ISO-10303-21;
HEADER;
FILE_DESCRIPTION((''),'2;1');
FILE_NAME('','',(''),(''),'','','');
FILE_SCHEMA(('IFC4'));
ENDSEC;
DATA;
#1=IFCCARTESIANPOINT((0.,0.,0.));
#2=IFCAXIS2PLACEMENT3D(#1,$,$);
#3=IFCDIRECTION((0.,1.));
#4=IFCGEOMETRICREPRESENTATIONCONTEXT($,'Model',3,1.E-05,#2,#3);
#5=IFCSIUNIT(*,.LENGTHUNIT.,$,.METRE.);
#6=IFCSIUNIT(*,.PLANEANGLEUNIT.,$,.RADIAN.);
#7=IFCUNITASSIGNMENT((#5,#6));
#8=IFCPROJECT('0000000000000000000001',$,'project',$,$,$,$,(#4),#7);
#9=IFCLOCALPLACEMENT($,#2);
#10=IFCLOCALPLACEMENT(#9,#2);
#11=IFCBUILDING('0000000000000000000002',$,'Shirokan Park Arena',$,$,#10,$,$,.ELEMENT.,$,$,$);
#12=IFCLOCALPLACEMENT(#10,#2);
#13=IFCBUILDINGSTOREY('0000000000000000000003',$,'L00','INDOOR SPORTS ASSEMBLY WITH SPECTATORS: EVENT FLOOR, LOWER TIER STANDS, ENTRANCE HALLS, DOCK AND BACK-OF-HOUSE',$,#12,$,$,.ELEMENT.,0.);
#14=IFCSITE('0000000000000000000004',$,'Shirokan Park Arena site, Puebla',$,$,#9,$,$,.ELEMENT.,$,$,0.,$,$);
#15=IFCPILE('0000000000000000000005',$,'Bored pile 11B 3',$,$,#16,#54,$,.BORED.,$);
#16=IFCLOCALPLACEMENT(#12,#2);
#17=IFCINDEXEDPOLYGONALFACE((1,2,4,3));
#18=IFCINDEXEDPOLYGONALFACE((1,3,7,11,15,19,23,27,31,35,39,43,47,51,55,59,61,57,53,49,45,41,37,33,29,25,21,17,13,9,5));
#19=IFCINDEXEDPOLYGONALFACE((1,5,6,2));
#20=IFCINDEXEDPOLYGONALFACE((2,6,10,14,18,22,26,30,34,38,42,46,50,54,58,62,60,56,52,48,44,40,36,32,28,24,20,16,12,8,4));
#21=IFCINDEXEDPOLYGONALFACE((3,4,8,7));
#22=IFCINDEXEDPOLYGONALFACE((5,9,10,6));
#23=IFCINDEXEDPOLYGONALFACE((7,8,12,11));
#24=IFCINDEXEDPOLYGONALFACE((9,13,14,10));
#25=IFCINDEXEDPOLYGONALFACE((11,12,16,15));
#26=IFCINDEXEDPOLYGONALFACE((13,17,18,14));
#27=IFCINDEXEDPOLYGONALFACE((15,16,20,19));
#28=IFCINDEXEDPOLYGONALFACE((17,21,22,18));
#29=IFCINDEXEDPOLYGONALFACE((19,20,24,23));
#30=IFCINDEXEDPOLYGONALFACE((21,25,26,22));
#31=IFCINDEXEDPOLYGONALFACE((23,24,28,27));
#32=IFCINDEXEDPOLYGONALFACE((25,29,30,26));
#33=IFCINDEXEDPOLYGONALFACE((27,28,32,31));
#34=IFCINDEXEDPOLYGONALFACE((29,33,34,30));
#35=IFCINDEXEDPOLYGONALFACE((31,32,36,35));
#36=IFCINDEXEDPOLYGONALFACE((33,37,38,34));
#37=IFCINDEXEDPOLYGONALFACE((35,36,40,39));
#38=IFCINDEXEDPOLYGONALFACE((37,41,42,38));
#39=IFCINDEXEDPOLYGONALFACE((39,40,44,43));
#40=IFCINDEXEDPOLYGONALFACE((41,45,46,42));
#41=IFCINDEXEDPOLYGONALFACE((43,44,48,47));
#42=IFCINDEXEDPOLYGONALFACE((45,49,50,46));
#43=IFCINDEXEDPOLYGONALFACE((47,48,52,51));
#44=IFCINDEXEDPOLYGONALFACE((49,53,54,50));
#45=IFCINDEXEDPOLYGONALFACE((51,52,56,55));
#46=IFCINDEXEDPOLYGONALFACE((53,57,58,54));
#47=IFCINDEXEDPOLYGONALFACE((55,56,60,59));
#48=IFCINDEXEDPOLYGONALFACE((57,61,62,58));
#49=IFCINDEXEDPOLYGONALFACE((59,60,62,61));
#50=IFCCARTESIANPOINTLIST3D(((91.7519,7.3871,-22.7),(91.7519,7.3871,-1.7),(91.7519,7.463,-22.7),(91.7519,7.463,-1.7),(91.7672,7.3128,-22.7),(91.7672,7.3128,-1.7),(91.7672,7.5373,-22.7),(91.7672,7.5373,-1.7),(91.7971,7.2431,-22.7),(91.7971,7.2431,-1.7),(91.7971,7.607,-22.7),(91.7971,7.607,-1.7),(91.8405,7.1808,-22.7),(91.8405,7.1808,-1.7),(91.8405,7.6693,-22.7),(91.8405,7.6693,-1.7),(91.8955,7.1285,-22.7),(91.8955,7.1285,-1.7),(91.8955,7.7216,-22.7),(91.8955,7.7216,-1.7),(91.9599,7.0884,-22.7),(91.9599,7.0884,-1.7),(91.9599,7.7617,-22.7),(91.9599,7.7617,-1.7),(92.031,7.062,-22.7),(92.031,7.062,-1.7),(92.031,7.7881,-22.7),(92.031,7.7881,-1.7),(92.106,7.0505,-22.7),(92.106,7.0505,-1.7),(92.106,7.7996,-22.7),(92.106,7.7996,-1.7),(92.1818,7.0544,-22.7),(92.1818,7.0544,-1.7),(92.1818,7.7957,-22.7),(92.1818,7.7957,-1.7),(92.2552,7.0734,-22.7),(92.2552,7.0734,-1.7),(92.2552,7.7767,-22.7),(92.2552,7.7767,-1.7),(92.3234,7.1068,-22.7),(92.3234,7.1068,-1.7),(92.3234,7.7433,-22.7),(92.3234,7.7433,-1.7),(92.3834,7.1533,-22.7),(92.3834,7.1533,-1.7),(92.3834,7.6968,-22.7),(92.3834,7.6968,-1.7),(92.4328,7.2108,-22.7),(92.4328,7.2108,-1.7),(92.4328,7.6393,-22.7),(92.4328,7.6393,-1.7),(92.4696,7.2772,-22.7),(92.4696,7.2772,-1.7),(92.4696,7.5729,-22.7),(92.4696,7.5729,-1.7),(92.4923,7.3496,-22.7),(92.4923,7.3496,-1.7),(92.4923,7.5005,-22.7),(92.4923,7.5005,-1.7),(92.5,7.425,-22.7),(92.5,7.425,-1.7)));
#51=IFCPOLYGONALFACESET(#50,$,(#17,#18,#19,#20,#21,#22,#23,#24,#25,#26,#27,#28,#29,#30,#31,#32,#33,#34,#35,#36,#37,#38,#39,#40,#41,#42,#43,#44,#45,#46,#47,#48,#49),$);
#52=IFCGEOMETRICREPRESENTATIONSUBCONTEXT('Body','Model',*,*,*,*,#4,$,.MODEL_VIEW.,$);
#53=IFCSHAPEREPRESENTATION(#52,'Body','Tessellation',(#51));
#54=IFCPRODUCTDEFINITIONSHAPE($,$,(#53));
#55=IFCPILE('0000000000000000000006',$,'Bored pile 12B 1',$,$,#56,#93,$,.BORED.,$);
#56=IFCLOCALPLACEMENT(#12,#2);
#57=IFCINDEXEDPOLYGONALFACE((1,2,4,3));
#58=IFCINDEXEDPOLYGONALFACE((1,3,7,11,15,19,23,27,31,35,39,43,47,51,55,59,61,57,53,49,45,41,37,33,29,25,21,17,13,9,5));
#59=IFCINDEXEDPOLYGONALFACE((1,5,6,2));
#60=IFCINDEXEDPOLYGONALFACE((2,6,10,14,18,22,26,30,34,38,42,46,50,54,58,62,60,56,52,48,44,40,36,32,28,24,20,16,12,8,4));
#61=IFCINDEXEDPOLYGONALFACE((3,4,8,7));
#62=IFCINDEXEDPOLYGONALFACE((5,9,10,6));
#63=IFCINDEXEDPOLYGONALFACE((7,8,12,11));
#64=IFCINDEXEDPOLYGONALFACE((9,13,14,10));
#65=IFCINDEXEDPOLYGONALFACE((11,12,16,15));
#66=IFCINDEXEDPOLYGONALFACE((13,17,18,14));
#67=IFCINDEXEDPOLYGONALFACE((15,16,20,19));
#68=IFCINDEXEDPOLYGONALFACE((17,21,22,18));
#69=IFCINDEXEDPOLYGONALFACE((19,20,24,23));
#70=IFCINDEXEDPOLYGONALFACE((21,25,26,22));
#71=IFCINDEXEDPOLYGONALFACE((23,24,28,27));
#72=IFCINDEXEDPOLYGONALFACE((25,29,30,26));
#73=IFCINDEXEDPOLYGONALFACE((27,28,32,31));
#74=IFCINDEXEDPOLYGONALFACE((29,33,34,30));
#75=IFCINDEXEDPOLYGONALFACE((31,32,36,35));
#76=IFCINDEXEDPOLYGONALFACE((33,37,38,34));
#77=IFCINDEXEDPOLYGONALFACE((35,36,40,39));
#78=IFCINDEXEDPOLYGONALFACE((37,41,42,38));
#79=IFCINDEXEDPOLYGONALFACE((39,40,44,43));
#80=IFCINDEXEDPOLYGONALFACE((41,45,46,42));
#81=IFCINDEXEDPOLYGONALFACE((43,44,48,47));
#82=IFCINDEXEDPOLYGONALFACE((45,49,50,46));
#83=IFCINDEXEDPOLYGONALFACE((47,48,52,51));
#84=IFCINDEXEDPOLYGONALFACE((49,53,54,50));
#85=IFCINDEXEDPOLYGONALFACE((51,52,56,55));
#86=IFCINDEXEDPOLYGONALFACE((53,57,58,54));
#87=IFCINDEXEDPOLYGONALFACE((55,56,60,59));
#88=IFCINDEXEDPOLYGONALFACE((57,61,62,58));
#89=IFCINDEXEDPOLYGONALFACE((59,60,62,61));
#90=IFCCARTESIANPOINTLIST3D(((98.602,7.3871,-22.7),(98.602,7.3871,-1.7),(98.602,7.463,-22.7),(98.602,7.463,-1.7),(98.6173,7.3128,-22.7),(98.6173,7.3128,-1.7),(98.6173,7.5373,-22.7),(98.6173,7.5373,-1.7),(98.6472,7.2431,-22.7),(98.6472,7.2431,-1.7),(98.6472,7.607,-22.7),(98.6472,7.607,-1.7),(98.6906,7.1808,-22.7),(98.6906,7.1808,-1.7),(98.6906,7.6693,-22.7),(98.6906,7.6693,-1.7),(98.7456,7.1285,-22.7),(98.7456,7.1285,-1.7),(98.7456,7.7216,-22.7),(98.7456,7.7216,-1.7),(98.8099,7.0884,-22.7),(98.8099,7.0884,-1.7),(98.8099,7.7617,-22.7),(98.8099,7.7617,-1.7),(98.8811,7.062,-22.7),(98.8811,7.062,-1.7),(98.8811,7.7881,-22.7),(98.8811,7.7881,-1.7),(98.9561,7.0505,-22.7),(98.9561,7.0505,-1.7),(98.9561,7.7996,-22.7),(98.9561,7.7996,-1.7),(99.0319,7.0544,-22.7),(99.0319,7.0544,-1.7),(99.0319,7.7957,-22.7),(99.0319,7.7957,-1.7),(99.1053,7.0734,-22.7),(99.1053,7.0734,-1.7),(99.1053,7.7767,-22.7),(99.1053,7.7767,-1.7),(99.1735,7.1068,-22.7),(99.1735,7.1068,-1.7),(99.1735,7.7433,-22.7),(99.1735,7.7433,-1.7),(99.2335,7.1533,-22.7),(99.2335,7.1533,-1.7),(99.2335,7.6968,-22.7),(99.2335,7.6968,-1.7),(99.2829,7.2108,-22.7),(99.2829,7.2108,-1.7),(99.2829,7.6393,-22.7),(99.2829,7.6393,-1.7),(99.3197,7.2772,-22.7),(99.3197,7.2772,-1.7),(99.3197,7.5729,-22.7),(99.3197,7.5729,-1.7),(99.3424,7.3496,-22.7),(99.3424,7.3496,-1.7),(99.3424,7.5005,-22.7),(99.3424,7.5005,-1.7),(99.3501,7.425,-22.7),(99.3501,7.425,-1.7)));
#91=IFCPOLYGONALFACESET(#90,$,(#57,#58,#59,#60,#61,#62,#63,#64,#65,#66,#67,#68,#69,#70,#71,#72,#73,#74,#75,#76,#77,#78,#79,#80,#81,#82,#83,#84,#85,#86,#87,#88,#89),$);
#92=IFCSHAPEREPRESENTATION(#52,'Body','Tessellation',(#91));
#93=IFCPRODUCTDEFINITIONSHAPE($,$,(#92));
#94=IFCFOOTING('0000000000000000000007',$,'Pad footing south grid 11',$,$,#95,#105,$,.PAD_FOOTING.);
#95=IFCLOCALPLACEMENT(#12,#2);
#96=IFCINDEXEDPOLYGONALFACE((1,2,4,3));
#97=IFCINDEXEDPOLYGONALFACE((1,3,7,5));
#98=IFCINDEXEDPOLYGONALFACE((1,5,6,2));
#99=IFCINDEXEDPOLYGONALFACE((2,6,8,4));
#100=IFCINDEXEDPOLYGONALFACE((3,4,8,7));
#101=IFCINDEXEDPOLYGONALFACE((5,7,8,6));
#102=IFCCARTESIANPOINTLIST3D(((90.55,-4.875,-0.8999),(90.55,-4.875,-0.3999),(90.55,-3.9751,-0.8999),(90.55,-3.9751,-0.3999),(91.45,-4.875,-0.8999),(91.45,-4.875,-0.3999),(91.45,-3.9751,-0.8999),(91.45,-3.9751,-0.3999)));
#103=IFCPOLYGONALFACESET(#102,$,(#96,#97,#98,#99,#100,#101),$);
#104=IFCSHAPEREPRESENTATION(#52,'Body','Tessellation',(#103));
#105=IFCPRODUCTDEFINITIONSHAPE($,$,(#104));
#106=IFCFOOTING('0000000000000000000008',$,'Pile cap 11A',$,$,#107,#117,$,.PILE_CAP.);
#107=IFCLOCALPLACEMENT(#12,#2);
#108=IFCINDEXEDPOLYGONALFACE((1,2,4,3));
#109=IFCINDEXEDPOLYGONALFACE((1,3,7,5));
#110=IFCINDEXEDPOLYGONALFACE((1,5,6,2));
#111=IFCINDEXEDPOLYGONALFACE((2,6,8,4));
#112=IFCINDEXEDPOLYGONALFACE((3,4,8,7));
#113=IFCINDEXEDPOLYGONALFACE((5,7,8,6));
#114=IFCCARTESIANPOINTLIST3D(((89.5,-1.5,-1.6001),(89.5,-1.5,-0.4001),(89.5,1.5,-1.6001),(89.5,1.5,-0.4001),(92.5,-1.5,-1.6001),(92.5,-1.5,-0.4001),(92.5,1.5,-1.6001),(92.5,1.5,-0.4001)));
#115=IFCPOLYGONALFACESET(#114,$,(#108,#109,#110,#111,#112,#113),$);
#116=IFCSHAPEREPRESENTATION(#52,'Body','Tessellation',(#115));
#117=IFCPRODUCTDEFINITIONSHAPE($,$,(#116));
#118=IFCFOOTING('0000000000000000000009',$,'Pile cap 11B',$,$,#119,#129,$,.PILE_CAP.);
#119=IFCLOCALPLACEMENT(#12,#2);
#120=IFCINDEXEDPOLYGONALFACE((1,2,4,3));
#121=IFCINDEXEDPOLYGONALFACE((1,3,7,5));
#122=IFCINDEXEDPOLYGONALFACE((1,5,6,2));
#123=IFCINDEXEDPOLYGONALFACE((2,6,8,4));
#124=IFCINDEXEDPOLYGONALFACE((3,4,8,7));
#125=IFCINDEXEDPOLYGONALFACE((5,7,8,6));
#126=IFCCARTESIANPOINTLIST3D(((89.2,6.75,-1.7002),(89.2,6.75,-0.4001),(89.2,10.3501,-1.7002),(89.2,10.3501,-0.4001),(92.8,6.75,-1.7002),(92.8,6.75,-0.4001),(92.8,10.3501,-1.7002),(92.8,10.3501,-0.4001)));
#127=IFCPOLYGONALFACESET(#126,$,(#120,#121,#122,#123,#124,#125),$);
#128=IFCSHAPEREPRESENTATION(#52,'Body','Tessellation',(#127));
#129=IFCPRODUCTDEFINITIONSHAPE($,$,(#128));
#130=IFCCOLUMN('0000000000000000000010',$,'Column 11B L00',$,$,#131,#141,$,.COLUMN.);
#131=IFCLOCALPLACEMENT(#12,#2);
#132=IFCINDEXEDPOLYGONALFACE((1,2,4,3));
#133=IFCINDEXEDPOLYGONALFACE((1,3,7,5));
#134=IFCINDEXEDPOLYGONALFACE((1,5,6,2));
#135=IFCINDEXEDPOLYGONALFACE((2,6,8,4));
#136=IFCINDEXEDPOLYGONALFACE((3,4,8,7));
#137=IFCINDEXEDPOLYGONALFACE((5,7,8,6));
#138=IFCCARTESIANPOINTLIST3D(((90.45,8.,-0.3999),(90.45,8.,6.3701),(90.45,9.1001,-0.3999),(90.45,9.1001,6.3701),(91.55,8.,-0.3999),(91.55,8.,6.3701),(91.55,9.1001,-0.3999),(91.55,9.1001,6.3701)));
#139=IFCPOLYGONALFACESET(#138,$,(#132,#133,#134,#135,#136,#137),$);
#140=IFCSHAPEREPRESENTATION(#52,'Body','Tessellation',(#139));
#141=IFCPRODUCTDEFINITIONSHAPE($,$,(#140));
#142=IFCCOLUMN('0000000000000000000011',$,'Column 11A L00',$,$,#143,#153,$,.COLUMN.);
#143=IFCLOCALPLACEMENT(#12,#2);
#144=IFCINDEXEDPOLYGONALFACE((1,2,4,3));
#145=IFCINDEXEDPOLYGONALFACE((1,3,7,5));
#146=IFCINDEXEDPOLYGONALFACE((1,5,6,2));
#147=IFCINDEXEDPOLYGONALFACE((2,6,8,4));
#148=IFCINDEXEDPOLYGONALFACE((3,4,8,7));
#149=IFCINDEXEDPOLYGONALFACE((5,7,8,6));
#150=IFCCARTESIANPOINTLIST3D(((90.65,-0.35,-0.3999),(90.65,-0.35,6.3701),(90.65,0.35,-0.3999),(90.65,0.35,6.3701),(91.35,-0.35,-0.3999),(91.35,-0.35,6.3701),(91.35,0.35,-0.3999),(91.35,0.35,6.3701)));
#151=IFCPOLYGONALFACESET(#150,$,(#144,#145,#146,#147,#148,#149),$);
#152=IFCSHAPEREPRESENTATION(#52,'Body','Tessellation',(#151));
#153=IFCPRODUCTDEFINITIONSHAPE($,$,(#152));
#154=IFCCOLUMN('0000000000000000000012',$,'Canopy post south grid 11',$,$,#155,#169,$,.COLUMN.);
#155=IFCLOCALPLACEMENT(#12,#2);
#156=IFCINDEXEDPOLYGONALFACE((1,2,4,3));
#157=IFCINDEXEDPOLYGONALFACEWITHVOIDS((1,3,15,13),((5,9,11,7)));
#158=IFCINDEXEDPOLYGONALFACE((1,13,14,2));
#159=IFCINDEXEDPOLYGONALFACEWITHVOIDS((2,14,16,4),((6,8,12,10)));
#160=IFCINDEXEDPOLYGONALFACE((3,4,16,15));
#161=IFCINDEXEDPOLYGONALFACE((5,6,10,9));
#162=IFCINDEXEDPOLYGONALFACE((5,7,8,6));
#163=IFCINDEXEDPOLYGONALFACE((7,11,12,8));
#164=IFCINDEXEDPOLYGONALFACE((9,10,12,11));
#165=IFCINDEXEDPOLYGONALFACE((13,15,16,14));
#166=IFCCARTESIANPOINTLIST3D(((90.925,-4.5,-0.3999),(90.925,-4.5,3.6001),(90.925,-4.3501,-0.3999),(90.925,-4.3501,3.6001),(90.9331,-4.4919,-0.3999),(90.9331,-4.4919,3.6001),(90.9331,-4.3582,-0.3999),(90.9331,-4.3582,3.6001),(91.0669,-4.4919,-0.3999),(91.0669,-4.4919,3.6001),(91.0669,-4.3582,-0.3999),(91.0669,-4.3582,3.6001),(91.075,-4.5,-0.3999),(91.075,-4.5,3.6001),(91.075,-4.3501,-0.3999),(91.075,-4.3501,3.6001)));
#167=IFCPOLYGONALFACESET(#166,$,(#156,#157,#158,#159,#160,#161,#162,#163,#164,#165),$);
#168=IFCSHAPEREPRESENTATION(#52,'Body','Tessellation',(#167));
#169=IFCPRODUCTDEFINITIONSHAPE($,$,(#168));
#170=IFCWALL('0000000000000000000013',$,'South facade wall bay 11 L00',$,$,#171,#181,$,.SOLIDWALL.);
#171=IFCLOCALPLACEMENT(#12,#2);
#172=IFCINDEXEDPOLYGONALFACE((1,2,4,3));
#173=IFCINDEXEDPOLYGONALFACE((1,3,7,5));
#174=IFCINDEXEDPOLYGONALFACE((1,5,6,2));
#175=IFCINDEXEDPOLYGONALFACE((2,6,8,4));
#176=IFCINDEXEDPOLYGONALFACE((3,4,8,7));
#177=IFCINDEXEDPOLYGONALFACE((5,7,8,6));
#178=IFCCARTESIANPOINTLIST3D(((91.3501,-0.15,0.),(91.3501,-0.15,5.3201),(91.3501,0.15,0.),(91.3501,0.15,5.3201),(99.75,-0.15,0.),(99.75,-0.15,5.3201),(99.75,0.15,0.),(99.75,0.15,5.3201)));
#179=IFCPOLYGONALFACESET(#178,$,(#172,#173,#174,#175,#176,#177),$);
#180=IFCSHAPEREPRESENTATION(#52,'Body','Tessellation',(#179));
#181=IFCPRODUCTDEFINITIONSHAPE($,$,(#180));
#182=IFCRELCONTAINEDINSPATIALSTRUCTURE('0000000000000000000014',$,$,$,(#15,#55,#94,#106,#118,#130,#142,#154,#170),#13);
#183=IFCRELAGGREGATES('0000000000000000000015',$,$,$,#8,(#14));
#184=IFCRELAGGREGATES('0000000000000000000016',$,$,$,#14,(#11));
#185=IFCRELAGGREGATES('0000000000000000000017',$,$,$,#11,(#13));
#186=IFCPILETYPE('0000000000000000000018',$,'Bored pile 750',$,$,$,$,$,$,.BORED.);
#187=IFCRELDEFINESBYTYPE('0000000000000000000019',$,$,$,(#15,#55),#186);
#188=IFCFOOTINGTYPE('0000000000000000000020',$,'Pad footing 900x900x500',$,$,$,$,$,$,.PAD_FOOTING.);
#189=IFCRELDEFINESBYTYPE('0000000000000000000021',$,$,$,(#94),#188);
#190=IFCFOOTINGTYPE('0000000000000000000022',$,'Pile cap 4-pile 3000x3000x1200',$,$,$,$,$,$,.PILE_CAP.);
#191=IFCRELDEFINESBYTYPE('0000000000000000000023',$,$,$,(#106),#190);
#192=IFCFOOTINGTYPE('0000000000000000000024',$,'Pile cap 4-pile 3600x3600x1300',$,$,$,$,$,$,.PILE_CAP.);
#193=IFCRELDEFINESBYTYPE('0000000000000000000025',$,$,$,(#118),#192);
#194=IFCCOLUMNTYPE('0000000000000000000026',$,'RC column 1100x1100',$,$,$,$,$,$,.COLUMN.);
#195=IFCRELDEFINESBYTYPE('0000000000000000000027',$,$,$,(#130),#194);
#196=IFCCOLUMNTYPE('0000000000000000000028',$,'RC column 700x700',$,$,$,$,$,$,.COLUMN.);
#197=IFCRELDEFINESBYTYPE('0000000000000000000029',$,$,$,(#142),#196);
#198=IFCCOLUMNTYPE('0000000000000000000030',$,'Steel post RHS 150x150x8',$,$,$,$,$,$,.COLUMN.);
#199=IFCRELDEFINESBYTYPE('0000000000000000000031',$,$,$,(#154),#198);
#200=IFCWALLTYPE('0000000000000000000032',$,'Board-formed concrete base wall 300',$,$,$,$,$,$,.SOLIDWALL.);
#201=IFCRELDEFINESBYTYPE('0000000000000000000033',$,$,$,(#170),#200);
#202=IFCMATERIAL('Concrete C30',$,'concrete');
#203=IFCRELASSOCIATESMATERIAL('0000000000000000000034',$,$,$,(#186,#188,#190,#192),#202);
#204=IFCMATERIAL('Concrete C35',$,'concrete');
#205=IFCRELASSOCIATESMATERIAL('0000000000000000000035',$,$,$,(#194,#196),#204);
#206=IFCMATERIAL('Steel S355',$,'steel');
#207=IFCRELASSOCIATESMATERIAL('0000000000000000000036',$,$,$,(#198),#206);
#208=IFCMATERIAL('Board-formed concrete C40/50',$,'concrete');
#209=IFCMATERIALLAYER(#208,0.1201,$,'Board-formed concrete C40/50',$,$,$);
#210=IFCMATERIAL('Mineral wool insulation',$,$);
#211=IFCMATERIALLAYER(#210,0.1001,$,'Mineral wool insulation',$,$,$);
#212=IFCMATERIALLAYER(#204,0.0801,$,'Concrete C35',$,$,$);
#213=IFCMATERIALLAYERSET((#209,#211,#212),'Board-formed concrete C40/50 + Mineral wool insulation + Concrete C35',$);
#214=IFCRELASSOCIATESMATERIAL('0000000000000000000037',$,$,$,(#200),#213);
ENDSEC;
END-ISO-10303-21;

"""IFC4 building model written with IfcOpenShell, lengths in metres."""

from ifc_helpers import new_model, si_unit, direction, frame, frame_2d, origin, origin_2d, place, context, subcontext, project, spatial, rectangle, hollow_rectangle, circle, extrude, material, layer, layer_set, material_profile, profile_set, type_object, element, save


model = new_model("IFC4")

# Units and contexts
model_context = context("Model", 3, precision=1e-05, world=origin(), true_north=direction((0.0, 1.0)))
body_context = subcontext(model_context, "Body", "Model", "MODEL_VIEW")
ifc_project = project(units=[si_unit("LENGTHUNIT", "METRE"), si_unit("PLANEANGLEUNIT", "RADIAN")], contexts=[model_context])

# Site, building, storey
site_placement = place(None, origin())
site = spatial("IfcSite", under=ifc_project, at=site_placement, Name="Shirokan Park Arena site, Puebla", CompositionType="ELEMENT", RefElevation=0.0)
building_placement = place(site_placement, origin())
building = spatial("IfcBuilding", under=site, at=building_placement, Name="Shirokan Park Arena", CompositionType="ELEMENT")
storey_placement = place(building_placement, origin())
storey = spatial("IfcBuildingStorey", under=building, at=storey_placement, Name="L00", Description="INDOOR SPORTS ASSEMBLY WITH SPECTATORS: EVENT FLOOR, LOWER TIER STANDS, ENTRANCE HALLS, DOCK AND BACK-OF-HOUSE", CompositionType="ELEMENT", Elevation=0.0)

# Piles
ifc_material_1 = material(Name="Concrete C30", Category="concrete")
ifc_material_profile_1 = material_profile(ifc_material_1, circle(Radius=0.375, at=origin_2d()), Name="D750")
ifc_profile_set_1 = profile_set([ifc_material_profile_1], Name="Concrete C30")
pile_type_1 = type_object("IfcPileType", Name="Bored pile 750", PredefinedType="BORED", material=ifc_profile_set_1)
for number, where, z_axis, x_axis, name in (
    (1, (92.125, 7.425, -1.7), (0.0, 0.0, -1.0), (1.0, 0.0, 0.0), "Bored pile 11B 3"),
    (2, (98.9751, 7.425, -1.7), (0.0, 0.0, -1.0), (1.0, 0.0, 0.0), "Bored pile 12B 1"),
):
    element("IfcPile", number, at=place(storey_placement, frame(where, z_axis=z_axis, x_axis=x_axis)), inside=storey, type_object=pile_type_1, Name=name, PredefinedType="BORED", context=body_context, shape_type="SweptSolid", body=[
        extrude(circle(Radius=0.375, at=origin_2d()), origin(), (0.0, 0.0, 1.0), 21.0),
    ])

# Footings
footing_type_1 = type_object("IfcFootingType", Name="Pad footing 900x900x500", PredefinedType="PAD_FOOTING", material=ifc_material_1)
footing_1_placement = place(storey_placement, frame((91.0, -4.425, -0.8999), z_axis=(0.0, 0.0, 1.0), x_axis=(1.0, 0.0, 0.0)))
element("IfcFooting", 3, at=footing_1_placement, inside=storey, type_object=footing_type_1, Name="Pad footing south grid 11", PredefinedType="PAD_FOOTING", context=body_context, shape_type="SweptSolid", body=[
    extrude(rectangle(XDim=0.8999, YDim=0.8999, at=origin_2d()), origin(), (0.0, 0.0, 1.0), 0.5),
])
footing_type_2 = type_object("IfcFootingType", Name="Pile cap 4-pile 3000x3000x1200", PredefinedType="PILE_CAP", material=ifc_material_1)
footing_2_placement = place(storey_placement, frame((91.0, 0.0, -1.6001), z_axis=(0.0, 0.0, 1.0), x_axis=(1.0, 0.0, 0.0)))
element("IfcFooting", 4, at=footing_2_placement, inside=storey, type_object=footing_type_2, Name="Pile cap 11A", PredefinedType="PILE_CAP", context=body_context, shape_type="SweptSolid", body=[
    extrude(rectangle(XDim=3.0, YDim=3.0, at=origin_2d()), origin(), (0.0, 0.0, 1.0), 1.2),
])
footing_type_3 = type_object("IfcFootingType", Name="Pile cap 4-pile 3600x3600x1300", PredefinedType="PILE_CAP", material=ifc_material_1)
footing_3_placement = place(storey_placement, frame((91.0, 8.55, -1.7002), z_axis=(0.0, 0.0, 1.0), x_axis=(1.0, 0.0, 0.0)))
element("IfcFooting", 5, at=footing_3_placement, inside=storey, type_object=footing_type_3, Name="Pile cap 11B", PredefinedType="PILE_CAP", context=body_context, shape_type="SweptSolid", body=[
    extrude(rectangle(XDim=3.6001, YDim=3.6001, at=origin_2d()), origin(), (0.0, 0.0, 1.0), 1.3),
])

# Columns
ifc_material_2 = material(Name="Concrete C35", Category="concrete")
ifc_material_profile_2 = material_profile(ifc_material_2, rectangle(XDim=1.1001, YDim=1.1001, at=origin_2d()), Name="1100x1100")
ifc_profile_set_2 = profile_set([ifc_material_profile_2], Name="Concrete C35")
column_type_1 = type_object("IfcColumnType", Name="RC column 1100x1100", PredefinedType="COLUMN", material=ifc_profile_set_2)
column_1_placement = place(storey_placement, frame((91.0, 8.55, -0.3999), z_axis=(0.0, 0.0, 1.0), x_axis=(1.0, 0.0, 0.0)))
element("IfcColumn", 6, at=column_1_placement, inside=storey, type_object=column_type_1, Name="Column 11B L00", PredefinedType="COLUMN", context=body_context, shape_type="SweptSolid", body=[
    extrude(rectangle(XDim=1.1001, YDim=1.1001, at=origin_2d()), origin(), (0.0, 0.0, 1.0), 6.77),
])
ifc_material_profile_3 = material_profile(ifc_material_2, rectangle(XDim=0.7, YDim=0.7, at=origin_2d()), Name="700x700")
ifc_profile_set_3 = profile_set([ifc_material_profile_3], Name="Concrete C35")
column_type_2 = type_object("IfcColumnType", Name="RC column 700x700", PredefinedType="COLUMN", material=ifc_profile_set_3)
column_2_placement = place(storey_placement, frame((91.0, 0.0, -0.3999), z_axis=(0.0, 0.0, 1.0), x_axis=(1.0, 0.0, 0.0)))
element("IfcColumn", 7, at=column_2_placement, inside=storey, type_object=column_type_2, Name="Column 11A L00", PredefinedType="COLUMN", context=body_context, shape_type="SweptSolid", body=[
    extrude(rectangle(XDim=0.7, YDim=0.7, at=origin_2d()), origin(), (0.0, 0.0, 1.0), 6.77),
])
ifc_material_3 = material(Name="Steel S355", Category="steel")
ifc_material_profile_4 = material_profile(ifc_material_3, hollow_rectangle(XDim=0.1499, YDim=0.1499, WallThickness=0.0081, at=origin_2d()), Name="RHS 150x150x8")
ifc_profile_set_4 = profile_set([ifc_material_profile_4], Name="Steel S355")
column_type_3 = type_object("IfcColumnType", Name="Steel post RHS 150x150x8", PredefinedType="COLUMN", material=ifc_profile_set_4)
column_3_placement = place(storey_placement, frame((91.0, -4.425, -0.3999), z_axis=(0.0, 0.0, 1.0), x_axis=(1.0, 0.0, 0.0)))
element("IfcColumn", 8, at=column_3_placement, inside=storey, type_object=column_type_3, Name="Canopy post south grid 11", PredefinedType="COLUMN", context=body_context, shape_type="SweptSolid", body=[
    extrude(hollow_rectangle(XDim=0.1499, YDim=0.1499, WallThickness=0.0081, at=origin_2d()), origin(), (0.0, 0.0, 1.0), 4.0),
])

# Wall
ifc_material_4 = material(Name="Board-formed concrete C40/50", Category="concrete")
ifc_layer_1 = layer(ifc_material_4, 0.1201, Name="Board-formed concrete C40/50")
ifc_material_5 = material(Name="Mineral wool insulation")
ifc_layer_2 = layer(ifc_material_5, 0.1001, Name="Mineral wool insulation")
ifc_layer_3 = layer(ifc_material_2, 0.0801, Name="Concrete C35")
ifc_layer_set_1 = layer_set([ifc_layer_1, ifc_layer_2, ifc_layer_3], Name="Board-formed concrete C40/50 + Mineral wool insulation + Concrete C35")
wall_type_1 = type_object("IfcWallType", Name="Board-formed concrete base wall 300", PredefinedType="SOLIDWALL", material=ifc_layer_set_1)
wall_1_placement = place(storey_placement, frame((91.3501, 0.0, 0.0), z_axis=(0.0, 0.0, 1.0), x_axis=(1.0, 0.0, 0.0)))
element("IfcWall", 9, at=wall_1_placement, inside=storey, type_object=wall_type_1, Name="South facade wall bay 11 L00", PredefinedType="SOLIDWALL", context=body_context, shape_type="SweptSolid", body=[
    extrude(rectangle(XDim=8.3999, YDim=0.3, at=frame_2d((4.2, 0.0))), origin(), (0.0, 0.0, 1.0), 5.3201),
])

save(model, "model.ifc")
